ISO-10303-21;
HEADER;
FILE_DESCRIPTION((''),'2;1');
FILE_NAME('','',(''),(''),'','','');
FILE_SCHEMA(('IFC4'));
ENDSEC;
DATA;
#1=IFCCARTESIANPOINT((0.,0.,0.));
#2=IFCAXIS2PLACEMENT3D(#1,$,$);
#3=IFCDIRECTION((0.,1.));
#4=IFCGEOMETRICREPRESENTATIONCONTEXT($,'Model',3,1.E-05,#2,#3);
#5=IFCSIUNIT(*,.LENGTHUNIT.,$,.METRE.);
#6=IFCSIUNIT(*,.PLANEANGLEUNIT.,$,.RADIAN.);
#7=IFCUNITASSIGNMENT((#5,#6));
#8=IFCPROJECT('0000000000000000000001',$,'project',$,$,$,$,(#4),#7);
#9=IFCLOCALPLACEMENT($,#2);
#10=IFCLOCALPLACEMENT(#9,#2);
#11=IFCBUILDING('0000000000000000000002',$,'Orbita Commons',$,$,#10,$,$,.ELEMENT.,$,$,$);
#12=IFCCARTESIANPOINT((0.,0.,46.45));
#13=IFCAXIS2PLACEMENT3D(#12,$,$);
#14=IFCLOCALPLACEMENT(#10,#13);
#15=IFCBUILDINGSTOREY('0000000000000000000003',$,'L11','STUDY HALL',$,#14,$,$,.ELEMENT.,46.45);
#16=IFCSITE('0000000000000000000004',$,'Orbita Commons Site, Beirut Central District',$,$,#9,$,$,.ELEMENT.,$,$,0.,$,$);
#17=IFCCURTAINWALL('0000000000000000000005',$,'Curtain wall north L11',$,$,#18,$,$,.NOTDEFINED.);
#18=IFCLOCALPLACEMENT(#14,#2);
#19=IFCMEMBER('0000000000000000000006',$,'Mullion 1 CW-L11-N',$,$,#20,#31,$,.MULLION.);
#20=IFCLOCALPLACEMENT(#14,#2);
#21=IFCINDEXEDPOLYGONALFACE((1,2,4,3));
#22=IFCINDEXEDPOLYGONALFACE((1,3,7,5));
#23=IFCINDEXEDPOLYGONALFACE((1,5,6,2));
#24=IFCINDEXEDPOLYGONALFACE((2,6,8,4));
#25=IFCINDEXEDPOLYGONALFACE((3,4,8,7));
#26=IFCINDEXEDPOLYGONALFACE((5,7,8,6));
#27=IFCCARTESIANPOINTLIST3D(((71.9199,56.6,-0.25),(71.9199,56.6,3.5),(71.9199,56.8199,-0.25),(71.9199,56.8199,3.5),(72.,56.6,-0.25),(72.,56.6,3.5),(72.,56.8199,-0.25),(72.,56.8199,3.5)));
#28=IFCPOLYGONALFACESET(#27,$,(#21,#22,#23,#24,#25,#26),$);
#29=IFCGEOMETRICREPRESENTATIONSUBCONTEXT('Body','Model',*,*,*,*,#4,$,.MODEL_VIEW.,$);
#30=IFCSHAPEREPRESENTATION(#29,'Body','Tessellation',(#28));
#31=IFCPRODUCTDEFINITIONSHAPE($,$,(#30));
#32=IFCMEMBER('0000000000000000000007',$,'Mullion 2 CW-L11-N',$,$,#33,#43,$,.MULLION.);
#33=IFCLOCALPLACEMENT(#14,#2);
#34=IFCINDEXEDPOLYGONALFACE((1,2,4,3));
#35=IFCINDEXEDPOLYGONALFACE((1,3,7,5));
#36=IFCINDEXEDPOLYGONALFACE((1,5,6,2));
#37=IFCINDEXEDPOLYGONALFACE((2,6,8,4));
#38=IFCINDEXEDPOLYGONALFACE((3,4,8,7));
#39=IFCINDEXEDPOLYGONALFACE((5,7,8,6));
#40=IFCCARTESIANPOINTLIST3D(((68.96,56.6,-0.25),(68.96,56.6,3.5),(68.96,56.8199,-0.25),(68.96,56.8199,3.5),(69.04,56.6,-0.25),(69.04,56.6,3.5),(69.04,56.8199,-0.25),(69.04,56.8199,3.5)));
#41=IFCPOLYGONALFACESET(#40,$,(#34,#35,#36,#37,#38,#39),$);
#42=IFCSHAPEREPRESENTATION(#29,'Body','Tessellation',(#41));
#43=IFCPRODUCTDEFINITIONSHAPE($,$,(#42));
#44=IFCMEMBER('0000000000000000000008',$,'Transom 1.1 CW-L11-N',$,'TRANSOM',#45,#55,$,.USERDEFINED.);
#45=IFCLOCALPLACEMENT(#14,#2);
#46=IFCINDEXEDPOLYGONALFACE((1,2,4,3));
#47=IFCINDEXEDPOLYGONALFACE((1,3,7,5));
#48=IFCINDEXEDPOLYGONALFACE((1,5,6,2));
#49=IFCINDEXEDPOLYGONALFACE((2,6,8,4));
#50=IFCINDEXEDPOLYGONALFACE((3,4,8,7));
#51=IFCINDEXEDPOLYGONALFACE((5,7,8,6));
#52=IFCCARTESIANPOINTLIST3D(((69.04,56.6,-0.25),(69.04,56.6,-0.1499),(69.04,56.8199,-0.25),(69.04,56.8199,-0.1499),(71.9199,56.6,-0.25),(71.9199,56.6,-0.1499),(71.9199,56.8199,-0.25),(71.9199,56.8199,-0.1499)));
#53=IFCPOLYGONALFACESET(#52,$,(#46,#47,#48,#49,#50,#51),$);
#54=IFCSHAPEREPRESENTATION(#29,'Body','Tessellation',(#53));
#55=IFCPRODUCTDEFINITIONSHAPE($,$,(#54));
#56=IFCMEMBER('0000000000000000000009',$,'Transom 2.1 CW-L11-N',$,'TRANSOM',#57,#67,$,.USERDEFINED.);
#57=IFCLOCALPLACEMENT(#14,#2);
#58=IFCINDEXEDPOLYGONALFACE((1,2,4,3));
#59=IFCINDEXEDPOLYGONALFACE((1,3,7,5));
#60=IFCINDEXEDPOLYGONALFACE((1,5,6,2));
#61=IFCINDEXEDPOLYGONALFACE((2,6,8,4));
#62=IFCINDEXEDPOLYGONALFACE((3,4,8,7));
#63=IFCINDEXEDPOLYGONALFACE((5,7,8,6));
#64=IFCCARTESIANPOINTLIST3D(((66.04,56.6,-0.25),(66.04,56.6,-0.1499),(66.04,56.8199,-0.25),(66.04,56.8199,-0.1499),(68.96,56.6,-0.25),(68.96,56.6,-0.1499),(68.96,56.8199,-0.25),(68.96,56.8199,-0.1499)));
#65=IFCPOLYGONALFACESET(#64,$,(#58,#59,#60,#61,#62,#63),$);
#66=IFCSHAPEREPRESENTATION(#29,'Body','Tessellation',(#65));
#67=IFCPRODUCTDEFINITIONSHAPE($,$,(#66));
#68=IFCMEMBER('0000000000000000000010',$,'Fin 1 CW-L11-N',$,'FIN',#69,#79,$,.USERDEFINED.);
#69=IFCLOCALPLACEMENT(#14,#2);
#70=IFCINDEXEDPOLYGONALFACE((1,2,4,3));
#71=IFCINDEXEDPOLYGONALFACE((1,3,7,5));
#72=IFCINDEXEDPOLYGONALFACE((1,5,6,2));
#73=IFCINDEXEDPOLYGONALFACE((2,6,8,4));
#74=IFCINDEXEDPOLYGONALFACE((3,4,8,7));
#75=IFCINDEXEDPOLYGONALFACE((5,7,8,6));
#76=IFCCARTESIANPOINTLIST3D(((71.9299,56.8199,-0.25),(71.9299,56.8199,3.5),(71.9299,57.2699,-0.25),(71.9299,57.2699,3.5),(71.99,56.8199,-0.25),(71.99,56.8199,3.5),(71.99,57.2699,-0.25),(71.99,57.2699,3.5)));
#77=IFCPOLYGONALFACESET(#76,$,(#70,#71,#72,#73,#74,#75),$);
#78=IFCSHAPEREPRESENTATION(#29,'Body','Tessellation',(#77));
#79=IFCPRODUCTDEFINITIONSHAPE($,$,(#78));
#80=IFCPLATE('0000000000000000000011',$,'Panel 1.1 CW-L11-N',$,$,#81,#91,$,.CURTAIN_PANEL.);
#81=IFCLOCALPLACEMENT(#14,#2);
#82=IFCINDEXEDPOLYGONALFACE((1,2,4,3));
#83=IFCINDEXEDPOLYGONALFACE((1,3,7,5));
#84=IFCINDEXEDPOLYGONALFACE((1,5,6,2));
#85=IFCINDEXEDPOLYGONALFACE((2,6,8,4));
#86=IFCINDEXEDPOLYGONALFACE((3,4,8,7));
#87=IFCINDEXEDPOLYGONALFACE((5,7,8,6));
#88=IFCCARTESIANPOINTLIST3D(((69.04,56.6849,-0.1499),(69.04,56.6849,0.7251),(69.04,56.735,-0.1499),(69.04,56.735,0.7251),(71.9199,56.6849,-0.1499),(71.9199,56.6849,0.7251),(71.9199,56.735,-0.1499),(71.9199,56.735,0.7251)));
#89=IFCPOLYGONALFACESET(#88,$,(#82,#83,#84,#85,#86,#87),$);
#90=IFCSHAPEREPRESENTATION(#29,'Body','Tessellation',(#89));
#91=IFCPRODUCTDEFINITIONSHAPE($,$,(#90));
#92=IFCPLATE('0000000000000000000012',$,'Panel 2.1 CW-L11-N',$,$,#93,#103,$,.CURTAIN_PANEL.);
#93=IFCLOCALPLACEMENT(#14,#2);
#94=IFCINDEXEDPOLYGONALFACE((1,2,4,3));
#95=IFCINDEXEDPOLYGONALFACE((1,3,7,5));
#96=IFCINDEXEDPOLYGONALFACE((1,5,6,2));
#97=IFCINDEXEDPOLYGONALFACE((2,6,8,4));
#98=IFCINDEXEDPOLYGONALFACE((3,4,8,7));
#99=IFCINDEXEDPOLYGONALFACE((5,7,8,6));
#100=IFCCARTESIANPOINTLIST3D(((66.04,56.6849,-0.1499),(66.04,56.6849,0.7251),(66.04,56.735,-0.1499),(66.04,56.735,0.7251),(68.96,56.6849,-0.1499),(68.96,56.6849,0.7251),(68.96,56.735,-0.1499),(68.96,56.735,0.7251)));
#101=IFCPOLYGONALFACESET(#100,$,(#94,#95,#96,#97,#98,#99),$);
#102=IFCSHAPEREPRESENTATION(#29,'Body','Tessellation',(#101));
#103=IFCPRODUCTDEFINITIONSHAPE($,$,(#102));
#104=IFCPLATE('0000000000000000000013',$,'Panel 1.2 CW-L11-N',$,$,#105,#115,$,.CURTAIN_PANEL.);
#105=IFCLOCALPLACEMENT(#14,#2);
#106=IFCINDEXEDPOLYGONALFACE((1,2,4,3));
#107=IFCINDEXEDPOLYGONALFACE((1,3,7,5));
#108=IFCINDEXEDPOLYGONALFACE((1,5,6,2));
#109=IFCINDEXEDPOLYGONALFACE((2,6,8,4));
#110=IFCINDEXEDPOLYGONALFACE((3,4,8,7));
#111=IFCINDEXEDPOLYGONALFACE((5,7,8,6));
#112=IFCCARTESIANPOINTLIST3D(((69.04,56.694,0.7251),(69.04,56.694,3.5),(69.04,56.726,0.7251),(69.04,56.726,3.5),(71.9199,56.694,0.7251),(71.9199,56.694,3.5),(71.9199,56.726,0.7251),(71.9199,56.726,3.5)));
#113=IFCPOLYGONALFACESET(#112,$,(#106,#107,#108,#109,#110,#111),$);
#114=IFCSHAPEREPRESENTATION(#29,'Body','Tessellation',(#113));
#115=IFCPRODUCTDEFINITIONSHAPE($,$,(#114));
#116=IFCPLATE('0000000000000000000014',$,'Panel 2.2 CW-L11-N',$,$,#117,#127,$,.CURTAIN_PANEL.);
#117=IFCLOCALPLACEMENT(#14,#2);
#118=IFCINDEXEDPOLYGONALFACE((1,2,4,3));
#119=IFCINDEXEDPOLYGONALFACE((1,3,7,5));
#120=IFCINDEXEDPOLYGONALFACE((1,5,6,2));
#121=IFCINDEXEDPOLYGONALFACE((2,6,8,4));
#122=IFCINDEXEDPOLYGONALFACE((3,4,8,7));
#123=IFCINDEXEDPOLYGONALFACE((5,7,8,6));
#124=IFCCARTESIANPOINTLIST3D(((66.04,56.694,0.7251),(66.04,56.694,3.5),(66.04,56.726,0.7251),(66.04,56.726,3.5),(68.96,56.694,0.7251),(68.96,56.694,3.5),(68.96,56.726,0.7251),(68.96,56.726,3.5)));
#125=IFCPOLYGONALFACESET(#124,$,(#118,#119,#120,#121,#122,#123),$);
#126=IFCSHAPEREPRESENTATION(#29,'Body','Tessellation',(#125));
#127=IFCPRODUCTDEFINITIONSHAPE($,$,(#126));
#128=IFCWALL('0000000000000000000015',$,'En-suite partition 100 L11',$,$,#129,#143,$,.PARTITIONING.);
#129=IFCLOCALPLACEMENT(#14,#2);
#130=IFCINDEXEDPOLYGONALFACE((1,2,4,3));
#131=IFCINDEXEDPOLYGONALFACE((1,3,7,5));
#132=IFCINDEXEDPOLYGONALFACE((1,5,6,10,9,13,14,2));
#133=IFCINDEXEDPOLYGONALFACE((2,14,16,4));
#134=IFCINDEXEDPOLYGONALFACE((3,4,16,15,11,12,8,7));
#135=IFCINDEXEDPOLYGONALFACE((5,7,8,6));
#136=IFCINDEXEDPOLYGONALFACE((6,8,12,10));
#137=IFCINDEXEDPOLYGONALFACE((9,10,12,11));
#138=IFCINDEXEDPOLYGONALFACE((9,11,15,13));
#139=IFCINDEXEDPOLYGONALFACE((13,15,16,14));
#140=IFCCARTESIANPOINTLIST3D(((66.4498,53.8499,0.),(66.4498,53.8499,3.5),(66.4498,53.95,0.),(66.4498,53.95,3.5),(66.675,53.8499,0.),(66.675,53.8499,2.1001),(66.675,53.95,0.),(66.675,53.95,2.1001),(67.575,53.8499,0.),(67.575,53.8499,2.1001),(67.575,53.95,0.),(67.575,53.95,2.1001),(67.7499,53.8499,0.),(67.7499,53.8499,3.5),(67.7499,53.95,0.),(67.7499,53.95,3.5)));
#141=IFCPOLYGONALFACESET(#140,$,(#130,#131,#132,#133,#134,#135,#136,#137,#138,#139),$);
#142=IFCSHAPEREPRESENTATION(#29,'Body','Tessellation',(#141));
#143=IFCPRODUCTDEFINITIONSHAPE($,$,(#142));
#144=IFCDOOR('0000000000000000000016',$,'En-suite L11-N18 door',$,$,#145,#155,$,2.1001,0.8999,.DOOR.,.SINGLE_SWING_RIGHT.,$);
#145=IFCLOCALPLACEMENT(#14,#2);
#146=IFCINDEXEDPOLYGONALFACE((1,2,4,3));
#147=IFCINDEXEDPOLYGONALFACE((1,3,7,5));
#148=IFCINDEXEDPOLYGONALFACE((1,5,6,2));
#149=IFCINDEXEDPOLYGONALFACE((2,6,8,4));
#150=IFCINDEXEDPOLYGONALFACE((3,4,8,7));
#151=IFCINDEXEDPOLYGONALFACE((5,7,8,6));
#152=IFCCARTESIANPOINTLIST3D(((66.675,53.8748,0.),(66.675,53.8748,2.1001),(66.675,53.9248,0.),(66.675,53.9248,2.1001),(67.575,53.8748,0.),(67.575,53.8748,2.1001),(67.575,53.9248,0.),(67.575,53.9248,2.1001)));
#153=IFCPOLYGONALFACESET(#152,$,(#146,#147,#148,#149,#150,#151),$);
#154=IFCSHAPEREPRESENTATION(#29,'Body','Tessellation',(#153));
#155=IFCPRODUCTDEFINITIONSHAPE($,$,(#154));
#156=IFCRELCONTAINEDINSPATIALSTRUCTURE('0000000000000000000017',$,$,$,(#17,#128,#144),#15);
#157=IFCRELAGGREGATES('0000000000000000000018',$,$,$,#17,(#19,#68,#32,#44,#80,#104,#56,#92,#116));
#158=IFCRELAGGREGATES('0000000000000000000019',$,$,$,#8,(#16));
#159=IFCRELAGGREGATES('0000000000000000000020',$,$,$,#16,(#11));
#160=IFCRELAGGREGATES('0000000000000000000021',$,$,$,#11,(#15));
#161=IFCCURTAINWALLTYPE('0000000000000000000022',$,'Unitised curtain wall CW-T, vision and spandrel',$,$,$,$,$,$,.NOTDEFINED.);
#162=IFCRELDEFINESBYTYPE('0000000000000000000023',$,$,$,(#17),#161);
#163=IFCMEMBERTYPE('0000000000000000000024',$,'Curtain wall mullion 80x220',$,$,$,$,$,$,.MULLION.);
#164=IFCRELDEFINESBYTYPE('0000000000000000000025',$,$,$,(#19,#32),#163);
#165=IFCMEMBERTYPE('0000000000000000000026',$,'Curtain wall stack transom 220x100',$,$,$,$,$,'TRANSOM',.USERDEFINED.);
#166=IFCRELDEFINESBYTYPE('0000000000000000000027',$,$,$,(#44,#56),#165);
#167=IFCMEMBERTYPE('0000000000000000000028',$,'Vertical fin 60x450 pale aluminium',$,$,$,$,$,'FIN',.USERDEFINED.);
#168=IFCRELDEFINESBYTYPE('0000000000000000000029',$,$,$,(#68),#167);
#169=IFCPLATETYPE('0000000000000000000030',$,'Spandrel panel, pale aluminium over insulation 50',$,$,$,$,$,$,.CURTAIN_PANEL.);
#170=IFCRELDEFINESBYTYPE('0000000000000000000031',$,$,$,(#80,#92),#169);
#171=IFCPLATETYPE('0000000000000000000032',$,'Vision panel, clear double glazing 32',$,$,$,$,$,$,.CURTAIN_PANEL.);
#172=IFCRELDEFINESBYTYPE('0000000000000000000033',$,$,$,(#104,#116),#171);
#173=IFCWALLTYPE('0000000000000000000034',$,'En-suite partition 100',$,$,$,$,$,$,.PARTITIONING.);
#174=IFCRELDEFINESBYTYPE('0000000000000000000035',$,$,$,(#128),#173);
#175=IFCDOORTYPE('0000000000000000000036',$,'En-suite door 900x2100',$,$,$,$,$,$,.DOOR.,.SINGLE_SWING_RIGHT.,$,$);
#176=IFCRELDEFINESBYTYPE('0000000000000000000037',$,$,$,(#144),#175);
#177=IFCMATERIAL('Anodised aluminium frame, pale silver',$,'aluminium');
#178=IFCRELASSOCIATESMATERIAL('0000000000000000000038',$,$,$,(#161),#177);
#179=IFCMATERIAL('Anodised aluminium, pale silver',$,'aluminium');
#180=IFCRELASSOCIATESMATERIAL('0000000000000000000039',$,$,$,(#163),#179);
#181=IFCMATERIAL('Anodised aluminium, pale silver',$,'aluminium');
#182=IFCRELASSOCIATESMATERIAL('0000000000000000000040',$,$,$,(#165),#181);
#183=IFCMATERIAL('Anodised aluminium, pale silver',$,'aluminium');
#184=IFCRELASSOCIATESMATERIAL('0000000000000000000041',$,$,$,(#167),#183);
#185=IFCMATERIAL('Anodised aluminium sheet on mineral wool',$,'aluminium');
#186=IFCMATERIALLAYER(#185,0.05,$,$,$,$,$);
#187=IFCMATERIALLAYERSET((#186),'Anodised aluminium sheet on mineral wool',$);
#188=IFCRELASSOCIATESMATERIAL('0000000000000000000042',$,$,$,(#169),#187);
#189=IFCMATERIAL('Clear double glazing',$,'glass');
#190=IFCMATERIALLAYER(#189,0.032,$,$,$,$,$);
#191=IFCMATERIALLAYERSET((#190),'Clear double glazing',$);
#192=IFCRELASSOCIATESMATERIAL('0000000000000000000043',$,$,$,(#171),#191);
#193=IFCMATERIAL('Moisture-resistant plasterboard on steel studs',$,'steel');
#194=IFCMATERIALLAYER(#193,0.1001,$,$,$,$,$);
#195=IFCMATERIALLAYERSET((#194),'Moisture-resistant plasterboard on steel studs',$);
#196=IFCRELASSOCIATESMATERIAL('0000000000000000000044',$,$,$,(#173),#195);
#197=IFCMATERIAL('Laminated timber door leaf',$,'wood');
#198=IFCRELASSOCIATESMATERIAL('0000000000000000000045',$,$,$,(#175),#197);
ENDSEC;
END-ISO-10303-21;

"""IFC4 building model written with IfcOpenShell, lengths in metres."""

from ifc_helpers import new_model, si_unit, direction, frame, frame_2d, origin, origin_2d, place, context, subcontext, project, spatial, rectangle, extrude, material, layer, layer_set, material_profile, profile_set, type_object, element, fill, aggregate, save


model = new_model("IFC4")

# Units and contexts
model_context = context("Model", 3, precision=1e-05, world=origin(), true_north=direction((0.0, 1.0)))
body_context = subcontext(model_context, "Body", "Model", "MODEL_VIEW")
ifc_project = project(units=[si_unit("LENGTHUNIT", "METRE"), si_unit("PLANEANGLEUNIT", "RADIAN")], contexts=[model_context])

# Site, building, storey
site_placement = place(None, origin())
site = spatial("IfcSite", under=ifc_project, at=site_placement, Name="Orbita Commons Site, Beirut Central District", CompositionType="ELEMENT", RefElevation=0.0)
building_placement = place(site_placement, origin())
building = spatial("IfcBuilding", under=site, at=building_placement, Name="Orbita Commons", CompositionType="ELEMENT")
storey_placement = place(building_placement, frame((0.0, 0.0, 46.45)))
storey = spatial("IfcBuildingStorey", under=building, at=storey_placement, Name="L11", Description="STUDY HALL", CompositionType="ELEMENT", Elevation=46.45)

# Curtain wall, members, plates
ifc_material_1 = material(Name="Anodised aluminium frame, pale silver", Category="aluminium")
curtain_wall_type = type_object("IfcCurtainWallType", Name="Unitised curtain wall CW-T, vision and spandrel", PredefinedType="NOTDEFINED", material=ifc_material_1)
curtain_wall_placement = place(storey_placement, origin())
curtain_wall = element("IfcCurtainWall", 1, at=curtain_wall_placement, inside=storey, type_object=curtain_wall_type, Name="Curtain wall north L11", PredefinedType="NOTDEFINED")
ifc_material_2 = material(Name="Anodised aluminium, pale silver", Category="aluminium")
ifc_material_profile_1 = material_profile(ifc_material_2, rectangle(XDim=0.0801, YDim=0.22, at=origin_2d()), Name="AL 80x220")
ifc_profile_set_1 = profile_set([ifc_material_profile_1], Name="Anodised aluminium, pale silver")
member_type_1 = type_object("IfcMemberType", Name="Curtain wall mullion 80x220", PredefinedType="MULLION", material=ifc_profile_set_1)
member_1_placement = place(storey_placement, frame((71.96, 56.71, -0.25), z_axis=(0.0, 0.0, 1.0), x_axis=(-1.0, 0.0, 0.0)))
member_1 = element("IfcMember", 2, at=member_1_placement, type_object=member_type_1, Name="Mullion 1 CW-L11-N", PredefinedType="MULLION", context=body_context, shape_type="SweptSolid", body=[
    extrude(rectangle(XDim=0.0801, YDim=0.22, at=origin_2d()), origin(), (0.0, 0.0, 1.0), 3.75),
])
member_2_placement = place(storey_placement, frame((69.0, 56.71, -0.25), z_axis=(0.0, 0.0, 1.0), x_axis=(-1.0, 0.0, 0.0)))
member_2 = element("IfcMember", 3, at=member_2_placement, type_object=member_type_1, Name="Mullion 2 CW-L11-N", PredefinedType="MULLION", context=body_context, shape_type="SweptSolid", body=[
    extrude(rectangle(XDim=0.0801, YDim=0.22, at=origin_2d()), origin(), (0.0, 0.0, 1.0), 3.75),
])
ifc_material_3 = material(Name="Anodised aluminium, pale silver", Category="aluminium")
ifc_material_profile_2 = material_profile(ifc_material_3, rectangle(XDim=0.22, YDim=0.1001, at=origin_2d()), Name="AL 220x100")
ifc_profile_set_2 = profile_set([ifc_material_profile_2], Name="Anodised aluminium, pale silver")
member_type_2 = type_object("IfcMemberType", Name="Curtain wall stack transom 220x100", ElementType="TRANSOM", PredefinedType="USERDEFINED", material=ifc_profile_set_2)
member_3_placement = place(storey_placement, frame((71.9199, 56.71, -0.2), z_axis=(-1.0, 0.0, 0.0), x_axis=(0.0, -1.0, 0.0)))
member_3 = element("IfcMember", 4, at=member_3_placement, type_object=member_type_2, Name="Transom 1.1 CW-L11-N", ObjectType="TRANSOM", PredefinedType="USERDEFINED", context=body_context, shape_type="SweptSolid", body=[
    extrude(rectangle(XDim=0.22, YDim=0.1001, at=origin_2d()), origin(), (0.0, 0.0, 1.0), 2.8799),
])
member_4_placement = place(storey_placement, frame((68.96, 56.71, -0.2), z_axis=(-1.0, 0.0, 0.0), x_axis=(0.0, -1.0, 0.0)))
member_4 = element("IfcMember", 5, at=member_4_placement, type_object=member_type_2, Name="Transom 2.1 CW-L11-N", ObjectType="TRANSOM", PredefinedType="USERDEFINED", context=body_context, shape_type="SweptSolid", body=[
    extrude(rectangle(XDim=0.22, YDim=0.1001, at=origin_2d()), origin(), (0.0, 0.0, 1.0), 2.9199),
])
ifc_material_4 = material(Name="Anodised aluminium, pale silver", Category="aluminium")
ifc_material_profile_3 = material_profile(ifc_material_4, rectangle(XDim=0.0601, YDim=0.45, at=origin_2d()), Name="FIN 60x450")
ifc_profile_set_3 = profile_set([ifc_material_profile_3], Name="Anodised aluminium, pale silver")
member_type_3 = type_object("IfcMemberType", Name="Vertical fin 60x450 pale aluminium", ElementType="FIN", PredefinedType="USERDEFINED", material=ifc_profile_set_3)
member_5_placement = place(storey_placement, frame((71.96, 57.0449, -0.25), z_axis=(0.0, 0.0, 1.0), x_axis=(-1.0, 0.0, 0.0)))
member_5 = element("IfcMember", 6, at=member_5_placement, type_object=member_type_3, Name="Fin 1 CW-L11-N", ObjectType="FIN", PredefinedType="USERDEFINED", context=body_context, shape_type="SweptSolid", body=[
    extrude(rectangle(XDim=0.0601, YDim=0.45, at=origin_2d()), origin(), (0.0, 0.0, 1.0), 3.75),
])
ifc_material_5 = material(Name="Anodised aluminium sheet on mineral wool", Category="aluminium")
ifc_layer_1 = layer(ifc_material_5, 0.05)
ifc_layer_set_1 = layer_set([ifc_layer_1], Name="Anodised aluminium sheet on mineral wool")
plate_type_1 = type_object("IfcPlateType", Name="Spandrel panel, pale aluminium over insulation 50", PredefinedType="CURTAIN_PANEL", material=ifc_layer_set_1)
plate_1_placement = place(storey_placement, frame((70.48, 56.71, -0.1499), z_axis=(0.0, 0.0, 1.0), x_axis=(-1.0, 0.0, 0.0)))
plate_1 = element("IfcPlate", 7, at=plate_1_placement, type_object=plate_type_1, Name="Panel 1.1 CW-L11-N", PredefinedType="CURTAIN_PANEL", context=body_context, shape_type="SweptSolid", body=[
    extrude(rectangle(XDim=2.8799, YDim=0.05, at=origin_2d()), origin(), (0.0, 0.0, 1.0), 0.875),
])
plate_2_placement = place(storey_placement, frame((67.5, 56.71, -0.1499), z_axis=(0.0, 0.0, 1.0), x_axis=(-1.0, 0.0, 0.0)))
plate_2 = element("IfcPlate", 8, at=plate_2_placement, type_object=plate_type_1, Name="Panel 2.1 CW-L11-N", PredefinedType="CURTAIN_PANEL", context=body_context, shape_type="SweptSolid", body=[
    extrude(rectangle(XDim=2.9199, YDim=0.05, at=origin_2d()), origin(), (0.0, 0.0, 1.0), 0.875),
])
ifc_material_6 = material(Name="Clear double glazing", Category="glass")
ifc_layer_2 = layer(ifc_material_6, 0.032)
ifc_layer_set_2 = layer_set([ifc_layer_2], Name="Clear double glazing")
plate_type_2 = type_object("IfcPlateType", Name="Vision panel, clear double glazing 32", PredefinedType="CURTAIN_PANEL", material=ifc_layer_set_2)
plate_3_placement = place(storey_placement, frame((70.48, 56.71, 0.7251), z_axis=(0.0, 0.0, 1.0), x_axis=(-1.0, 0.0, 0.0)))
plate_3 = element("IfcPlate", 9, at=plate_3_placement, type_object=plate_type_2, Name="Panel 1.2 CW-L11-N", PredefinedType="CURTAIN_PANEL", context=body_context, shape_type="SweptSolid", body=[
    extrude(rectangle(XDim=2.8799, YDim=0.032, at=origin_2d()), origin(), (0.0, 0.0, 1.0), 2.7749),
])
plate_4_placement = place(storey_placement, frame((67.5, 56.71, 0.7251), z_axis=(0.0, 0.0, 1.0), x_axis=(-1.0, 0.0, 0.0)))
plate_4 = element("IfcPlate", 10, at=plate_4_placement, type_object=plate_type_2, Name="Panel 2.2 CW-L11-N", PredefinedType="CURTAIN_PANEL", context=body_context, shape_type="SweptSolid", body=[
    extrude(rectangle(XDim=2.9199, YDim=0.032, at=origin_2d()), origin(), (0.0, 0.0, 1.0), 2.7749),
])
aggregate(curtain_wall, [member_1, member_5, member_2, member_3, plate_1, plate_3, member_4, plate_2, plate_4])

# Wall, opening, door
ifc_material_7 = material(Name="Moisture-resistant plasterboard on steel studs", Category="steel")
ifc_layer_3 = layer(ifc_material_7, 0.1001)
ifc_layer_set_3 = layer_set([ifc_layer_3], Name="Moisture-resistant plasterboard on steel studs")
wall_type_1 = type_object("IfcWallType", Name="En-suite partition 100", PredefinedType="PARTITIONING", material=ifc_layer_set_3)
wall_1_placement = place(storey_placement, frame((66.45, 53.8999, 0.0), z_axis=(0.0, 0.0, 1.0), x_axis=(1.0, 0.0, 0.0)))
wall_1 = element("IfcWall", 11, at=wall_1_placement, inside=storey, type_object=wall_type_1, Name="En-suite partition 100 L11", PredefinedType="PARTITIONING", context=body_context, shape_type="SweptSolid", body=[
    extrude(rectangle(XDim=1.3, YDim=0.1001, at=frame_2d((0.6499, 0.0))), origin(), (0.0, 0.0, 1.0), 3.5),
])
opening_1_placement = place(wall_1_placement, frame((0.2251, 0.0, 0.0)))
opening_1 = element("IfcOpeningElement", 12, at=opening_1_placement, cuts=wall_1, PredefinedType="OPENING", context=body_context, shape_type="SweptSolid", body=[
    extrude(rectangle(XDim=0.8999, YDim=2.1001, at=frame_2d((0.45, 1.05))), frame((0.0, 0.0601, 0.0), z_axis=(0.0, -1.0, 0.0), x_axis=(1.0, 0.0, 0.0)), (0.0, 0.0, 1.0), 0.1201),
])
ifc_material_8 = material(Name="Laminated timber door leaf", Category="wood")
door_type = type_object("IfcDoorType", Name="En-suite door 900x2100", OperationType="SINGLE_SWING_RIGHT", PredefinedType="DOOR", material=ifc_material_8)
door_1_placement = place(opening_1_placement, origin())
door_1 = element("IfcDoor", 13, at=door_1_placement, inside=storey, type_object=door_type, Name="En-suite L11-N18 door", OperationType="SINGLE_SWING_RIGHT", OverallHeight=2.1001, OverallWidth=0.8999, PredefinedType="DOOR", context=body_context, shape_type="SweptSolid", body=[
    extrude(rectangle(XDim=0.8999, YDim=2.1001, at=frame_2d((0.45, 1.05))), frame((0.0, 0.0249, 0.0), z_axis=(0.0, -1.0, 0.0), x_axis=(1.0, 0.0, 0.0)), (0.0, 0.0, 1.0), 0.05),
])
fill(opening_1, door_1)

save(model, "model.ifc")
